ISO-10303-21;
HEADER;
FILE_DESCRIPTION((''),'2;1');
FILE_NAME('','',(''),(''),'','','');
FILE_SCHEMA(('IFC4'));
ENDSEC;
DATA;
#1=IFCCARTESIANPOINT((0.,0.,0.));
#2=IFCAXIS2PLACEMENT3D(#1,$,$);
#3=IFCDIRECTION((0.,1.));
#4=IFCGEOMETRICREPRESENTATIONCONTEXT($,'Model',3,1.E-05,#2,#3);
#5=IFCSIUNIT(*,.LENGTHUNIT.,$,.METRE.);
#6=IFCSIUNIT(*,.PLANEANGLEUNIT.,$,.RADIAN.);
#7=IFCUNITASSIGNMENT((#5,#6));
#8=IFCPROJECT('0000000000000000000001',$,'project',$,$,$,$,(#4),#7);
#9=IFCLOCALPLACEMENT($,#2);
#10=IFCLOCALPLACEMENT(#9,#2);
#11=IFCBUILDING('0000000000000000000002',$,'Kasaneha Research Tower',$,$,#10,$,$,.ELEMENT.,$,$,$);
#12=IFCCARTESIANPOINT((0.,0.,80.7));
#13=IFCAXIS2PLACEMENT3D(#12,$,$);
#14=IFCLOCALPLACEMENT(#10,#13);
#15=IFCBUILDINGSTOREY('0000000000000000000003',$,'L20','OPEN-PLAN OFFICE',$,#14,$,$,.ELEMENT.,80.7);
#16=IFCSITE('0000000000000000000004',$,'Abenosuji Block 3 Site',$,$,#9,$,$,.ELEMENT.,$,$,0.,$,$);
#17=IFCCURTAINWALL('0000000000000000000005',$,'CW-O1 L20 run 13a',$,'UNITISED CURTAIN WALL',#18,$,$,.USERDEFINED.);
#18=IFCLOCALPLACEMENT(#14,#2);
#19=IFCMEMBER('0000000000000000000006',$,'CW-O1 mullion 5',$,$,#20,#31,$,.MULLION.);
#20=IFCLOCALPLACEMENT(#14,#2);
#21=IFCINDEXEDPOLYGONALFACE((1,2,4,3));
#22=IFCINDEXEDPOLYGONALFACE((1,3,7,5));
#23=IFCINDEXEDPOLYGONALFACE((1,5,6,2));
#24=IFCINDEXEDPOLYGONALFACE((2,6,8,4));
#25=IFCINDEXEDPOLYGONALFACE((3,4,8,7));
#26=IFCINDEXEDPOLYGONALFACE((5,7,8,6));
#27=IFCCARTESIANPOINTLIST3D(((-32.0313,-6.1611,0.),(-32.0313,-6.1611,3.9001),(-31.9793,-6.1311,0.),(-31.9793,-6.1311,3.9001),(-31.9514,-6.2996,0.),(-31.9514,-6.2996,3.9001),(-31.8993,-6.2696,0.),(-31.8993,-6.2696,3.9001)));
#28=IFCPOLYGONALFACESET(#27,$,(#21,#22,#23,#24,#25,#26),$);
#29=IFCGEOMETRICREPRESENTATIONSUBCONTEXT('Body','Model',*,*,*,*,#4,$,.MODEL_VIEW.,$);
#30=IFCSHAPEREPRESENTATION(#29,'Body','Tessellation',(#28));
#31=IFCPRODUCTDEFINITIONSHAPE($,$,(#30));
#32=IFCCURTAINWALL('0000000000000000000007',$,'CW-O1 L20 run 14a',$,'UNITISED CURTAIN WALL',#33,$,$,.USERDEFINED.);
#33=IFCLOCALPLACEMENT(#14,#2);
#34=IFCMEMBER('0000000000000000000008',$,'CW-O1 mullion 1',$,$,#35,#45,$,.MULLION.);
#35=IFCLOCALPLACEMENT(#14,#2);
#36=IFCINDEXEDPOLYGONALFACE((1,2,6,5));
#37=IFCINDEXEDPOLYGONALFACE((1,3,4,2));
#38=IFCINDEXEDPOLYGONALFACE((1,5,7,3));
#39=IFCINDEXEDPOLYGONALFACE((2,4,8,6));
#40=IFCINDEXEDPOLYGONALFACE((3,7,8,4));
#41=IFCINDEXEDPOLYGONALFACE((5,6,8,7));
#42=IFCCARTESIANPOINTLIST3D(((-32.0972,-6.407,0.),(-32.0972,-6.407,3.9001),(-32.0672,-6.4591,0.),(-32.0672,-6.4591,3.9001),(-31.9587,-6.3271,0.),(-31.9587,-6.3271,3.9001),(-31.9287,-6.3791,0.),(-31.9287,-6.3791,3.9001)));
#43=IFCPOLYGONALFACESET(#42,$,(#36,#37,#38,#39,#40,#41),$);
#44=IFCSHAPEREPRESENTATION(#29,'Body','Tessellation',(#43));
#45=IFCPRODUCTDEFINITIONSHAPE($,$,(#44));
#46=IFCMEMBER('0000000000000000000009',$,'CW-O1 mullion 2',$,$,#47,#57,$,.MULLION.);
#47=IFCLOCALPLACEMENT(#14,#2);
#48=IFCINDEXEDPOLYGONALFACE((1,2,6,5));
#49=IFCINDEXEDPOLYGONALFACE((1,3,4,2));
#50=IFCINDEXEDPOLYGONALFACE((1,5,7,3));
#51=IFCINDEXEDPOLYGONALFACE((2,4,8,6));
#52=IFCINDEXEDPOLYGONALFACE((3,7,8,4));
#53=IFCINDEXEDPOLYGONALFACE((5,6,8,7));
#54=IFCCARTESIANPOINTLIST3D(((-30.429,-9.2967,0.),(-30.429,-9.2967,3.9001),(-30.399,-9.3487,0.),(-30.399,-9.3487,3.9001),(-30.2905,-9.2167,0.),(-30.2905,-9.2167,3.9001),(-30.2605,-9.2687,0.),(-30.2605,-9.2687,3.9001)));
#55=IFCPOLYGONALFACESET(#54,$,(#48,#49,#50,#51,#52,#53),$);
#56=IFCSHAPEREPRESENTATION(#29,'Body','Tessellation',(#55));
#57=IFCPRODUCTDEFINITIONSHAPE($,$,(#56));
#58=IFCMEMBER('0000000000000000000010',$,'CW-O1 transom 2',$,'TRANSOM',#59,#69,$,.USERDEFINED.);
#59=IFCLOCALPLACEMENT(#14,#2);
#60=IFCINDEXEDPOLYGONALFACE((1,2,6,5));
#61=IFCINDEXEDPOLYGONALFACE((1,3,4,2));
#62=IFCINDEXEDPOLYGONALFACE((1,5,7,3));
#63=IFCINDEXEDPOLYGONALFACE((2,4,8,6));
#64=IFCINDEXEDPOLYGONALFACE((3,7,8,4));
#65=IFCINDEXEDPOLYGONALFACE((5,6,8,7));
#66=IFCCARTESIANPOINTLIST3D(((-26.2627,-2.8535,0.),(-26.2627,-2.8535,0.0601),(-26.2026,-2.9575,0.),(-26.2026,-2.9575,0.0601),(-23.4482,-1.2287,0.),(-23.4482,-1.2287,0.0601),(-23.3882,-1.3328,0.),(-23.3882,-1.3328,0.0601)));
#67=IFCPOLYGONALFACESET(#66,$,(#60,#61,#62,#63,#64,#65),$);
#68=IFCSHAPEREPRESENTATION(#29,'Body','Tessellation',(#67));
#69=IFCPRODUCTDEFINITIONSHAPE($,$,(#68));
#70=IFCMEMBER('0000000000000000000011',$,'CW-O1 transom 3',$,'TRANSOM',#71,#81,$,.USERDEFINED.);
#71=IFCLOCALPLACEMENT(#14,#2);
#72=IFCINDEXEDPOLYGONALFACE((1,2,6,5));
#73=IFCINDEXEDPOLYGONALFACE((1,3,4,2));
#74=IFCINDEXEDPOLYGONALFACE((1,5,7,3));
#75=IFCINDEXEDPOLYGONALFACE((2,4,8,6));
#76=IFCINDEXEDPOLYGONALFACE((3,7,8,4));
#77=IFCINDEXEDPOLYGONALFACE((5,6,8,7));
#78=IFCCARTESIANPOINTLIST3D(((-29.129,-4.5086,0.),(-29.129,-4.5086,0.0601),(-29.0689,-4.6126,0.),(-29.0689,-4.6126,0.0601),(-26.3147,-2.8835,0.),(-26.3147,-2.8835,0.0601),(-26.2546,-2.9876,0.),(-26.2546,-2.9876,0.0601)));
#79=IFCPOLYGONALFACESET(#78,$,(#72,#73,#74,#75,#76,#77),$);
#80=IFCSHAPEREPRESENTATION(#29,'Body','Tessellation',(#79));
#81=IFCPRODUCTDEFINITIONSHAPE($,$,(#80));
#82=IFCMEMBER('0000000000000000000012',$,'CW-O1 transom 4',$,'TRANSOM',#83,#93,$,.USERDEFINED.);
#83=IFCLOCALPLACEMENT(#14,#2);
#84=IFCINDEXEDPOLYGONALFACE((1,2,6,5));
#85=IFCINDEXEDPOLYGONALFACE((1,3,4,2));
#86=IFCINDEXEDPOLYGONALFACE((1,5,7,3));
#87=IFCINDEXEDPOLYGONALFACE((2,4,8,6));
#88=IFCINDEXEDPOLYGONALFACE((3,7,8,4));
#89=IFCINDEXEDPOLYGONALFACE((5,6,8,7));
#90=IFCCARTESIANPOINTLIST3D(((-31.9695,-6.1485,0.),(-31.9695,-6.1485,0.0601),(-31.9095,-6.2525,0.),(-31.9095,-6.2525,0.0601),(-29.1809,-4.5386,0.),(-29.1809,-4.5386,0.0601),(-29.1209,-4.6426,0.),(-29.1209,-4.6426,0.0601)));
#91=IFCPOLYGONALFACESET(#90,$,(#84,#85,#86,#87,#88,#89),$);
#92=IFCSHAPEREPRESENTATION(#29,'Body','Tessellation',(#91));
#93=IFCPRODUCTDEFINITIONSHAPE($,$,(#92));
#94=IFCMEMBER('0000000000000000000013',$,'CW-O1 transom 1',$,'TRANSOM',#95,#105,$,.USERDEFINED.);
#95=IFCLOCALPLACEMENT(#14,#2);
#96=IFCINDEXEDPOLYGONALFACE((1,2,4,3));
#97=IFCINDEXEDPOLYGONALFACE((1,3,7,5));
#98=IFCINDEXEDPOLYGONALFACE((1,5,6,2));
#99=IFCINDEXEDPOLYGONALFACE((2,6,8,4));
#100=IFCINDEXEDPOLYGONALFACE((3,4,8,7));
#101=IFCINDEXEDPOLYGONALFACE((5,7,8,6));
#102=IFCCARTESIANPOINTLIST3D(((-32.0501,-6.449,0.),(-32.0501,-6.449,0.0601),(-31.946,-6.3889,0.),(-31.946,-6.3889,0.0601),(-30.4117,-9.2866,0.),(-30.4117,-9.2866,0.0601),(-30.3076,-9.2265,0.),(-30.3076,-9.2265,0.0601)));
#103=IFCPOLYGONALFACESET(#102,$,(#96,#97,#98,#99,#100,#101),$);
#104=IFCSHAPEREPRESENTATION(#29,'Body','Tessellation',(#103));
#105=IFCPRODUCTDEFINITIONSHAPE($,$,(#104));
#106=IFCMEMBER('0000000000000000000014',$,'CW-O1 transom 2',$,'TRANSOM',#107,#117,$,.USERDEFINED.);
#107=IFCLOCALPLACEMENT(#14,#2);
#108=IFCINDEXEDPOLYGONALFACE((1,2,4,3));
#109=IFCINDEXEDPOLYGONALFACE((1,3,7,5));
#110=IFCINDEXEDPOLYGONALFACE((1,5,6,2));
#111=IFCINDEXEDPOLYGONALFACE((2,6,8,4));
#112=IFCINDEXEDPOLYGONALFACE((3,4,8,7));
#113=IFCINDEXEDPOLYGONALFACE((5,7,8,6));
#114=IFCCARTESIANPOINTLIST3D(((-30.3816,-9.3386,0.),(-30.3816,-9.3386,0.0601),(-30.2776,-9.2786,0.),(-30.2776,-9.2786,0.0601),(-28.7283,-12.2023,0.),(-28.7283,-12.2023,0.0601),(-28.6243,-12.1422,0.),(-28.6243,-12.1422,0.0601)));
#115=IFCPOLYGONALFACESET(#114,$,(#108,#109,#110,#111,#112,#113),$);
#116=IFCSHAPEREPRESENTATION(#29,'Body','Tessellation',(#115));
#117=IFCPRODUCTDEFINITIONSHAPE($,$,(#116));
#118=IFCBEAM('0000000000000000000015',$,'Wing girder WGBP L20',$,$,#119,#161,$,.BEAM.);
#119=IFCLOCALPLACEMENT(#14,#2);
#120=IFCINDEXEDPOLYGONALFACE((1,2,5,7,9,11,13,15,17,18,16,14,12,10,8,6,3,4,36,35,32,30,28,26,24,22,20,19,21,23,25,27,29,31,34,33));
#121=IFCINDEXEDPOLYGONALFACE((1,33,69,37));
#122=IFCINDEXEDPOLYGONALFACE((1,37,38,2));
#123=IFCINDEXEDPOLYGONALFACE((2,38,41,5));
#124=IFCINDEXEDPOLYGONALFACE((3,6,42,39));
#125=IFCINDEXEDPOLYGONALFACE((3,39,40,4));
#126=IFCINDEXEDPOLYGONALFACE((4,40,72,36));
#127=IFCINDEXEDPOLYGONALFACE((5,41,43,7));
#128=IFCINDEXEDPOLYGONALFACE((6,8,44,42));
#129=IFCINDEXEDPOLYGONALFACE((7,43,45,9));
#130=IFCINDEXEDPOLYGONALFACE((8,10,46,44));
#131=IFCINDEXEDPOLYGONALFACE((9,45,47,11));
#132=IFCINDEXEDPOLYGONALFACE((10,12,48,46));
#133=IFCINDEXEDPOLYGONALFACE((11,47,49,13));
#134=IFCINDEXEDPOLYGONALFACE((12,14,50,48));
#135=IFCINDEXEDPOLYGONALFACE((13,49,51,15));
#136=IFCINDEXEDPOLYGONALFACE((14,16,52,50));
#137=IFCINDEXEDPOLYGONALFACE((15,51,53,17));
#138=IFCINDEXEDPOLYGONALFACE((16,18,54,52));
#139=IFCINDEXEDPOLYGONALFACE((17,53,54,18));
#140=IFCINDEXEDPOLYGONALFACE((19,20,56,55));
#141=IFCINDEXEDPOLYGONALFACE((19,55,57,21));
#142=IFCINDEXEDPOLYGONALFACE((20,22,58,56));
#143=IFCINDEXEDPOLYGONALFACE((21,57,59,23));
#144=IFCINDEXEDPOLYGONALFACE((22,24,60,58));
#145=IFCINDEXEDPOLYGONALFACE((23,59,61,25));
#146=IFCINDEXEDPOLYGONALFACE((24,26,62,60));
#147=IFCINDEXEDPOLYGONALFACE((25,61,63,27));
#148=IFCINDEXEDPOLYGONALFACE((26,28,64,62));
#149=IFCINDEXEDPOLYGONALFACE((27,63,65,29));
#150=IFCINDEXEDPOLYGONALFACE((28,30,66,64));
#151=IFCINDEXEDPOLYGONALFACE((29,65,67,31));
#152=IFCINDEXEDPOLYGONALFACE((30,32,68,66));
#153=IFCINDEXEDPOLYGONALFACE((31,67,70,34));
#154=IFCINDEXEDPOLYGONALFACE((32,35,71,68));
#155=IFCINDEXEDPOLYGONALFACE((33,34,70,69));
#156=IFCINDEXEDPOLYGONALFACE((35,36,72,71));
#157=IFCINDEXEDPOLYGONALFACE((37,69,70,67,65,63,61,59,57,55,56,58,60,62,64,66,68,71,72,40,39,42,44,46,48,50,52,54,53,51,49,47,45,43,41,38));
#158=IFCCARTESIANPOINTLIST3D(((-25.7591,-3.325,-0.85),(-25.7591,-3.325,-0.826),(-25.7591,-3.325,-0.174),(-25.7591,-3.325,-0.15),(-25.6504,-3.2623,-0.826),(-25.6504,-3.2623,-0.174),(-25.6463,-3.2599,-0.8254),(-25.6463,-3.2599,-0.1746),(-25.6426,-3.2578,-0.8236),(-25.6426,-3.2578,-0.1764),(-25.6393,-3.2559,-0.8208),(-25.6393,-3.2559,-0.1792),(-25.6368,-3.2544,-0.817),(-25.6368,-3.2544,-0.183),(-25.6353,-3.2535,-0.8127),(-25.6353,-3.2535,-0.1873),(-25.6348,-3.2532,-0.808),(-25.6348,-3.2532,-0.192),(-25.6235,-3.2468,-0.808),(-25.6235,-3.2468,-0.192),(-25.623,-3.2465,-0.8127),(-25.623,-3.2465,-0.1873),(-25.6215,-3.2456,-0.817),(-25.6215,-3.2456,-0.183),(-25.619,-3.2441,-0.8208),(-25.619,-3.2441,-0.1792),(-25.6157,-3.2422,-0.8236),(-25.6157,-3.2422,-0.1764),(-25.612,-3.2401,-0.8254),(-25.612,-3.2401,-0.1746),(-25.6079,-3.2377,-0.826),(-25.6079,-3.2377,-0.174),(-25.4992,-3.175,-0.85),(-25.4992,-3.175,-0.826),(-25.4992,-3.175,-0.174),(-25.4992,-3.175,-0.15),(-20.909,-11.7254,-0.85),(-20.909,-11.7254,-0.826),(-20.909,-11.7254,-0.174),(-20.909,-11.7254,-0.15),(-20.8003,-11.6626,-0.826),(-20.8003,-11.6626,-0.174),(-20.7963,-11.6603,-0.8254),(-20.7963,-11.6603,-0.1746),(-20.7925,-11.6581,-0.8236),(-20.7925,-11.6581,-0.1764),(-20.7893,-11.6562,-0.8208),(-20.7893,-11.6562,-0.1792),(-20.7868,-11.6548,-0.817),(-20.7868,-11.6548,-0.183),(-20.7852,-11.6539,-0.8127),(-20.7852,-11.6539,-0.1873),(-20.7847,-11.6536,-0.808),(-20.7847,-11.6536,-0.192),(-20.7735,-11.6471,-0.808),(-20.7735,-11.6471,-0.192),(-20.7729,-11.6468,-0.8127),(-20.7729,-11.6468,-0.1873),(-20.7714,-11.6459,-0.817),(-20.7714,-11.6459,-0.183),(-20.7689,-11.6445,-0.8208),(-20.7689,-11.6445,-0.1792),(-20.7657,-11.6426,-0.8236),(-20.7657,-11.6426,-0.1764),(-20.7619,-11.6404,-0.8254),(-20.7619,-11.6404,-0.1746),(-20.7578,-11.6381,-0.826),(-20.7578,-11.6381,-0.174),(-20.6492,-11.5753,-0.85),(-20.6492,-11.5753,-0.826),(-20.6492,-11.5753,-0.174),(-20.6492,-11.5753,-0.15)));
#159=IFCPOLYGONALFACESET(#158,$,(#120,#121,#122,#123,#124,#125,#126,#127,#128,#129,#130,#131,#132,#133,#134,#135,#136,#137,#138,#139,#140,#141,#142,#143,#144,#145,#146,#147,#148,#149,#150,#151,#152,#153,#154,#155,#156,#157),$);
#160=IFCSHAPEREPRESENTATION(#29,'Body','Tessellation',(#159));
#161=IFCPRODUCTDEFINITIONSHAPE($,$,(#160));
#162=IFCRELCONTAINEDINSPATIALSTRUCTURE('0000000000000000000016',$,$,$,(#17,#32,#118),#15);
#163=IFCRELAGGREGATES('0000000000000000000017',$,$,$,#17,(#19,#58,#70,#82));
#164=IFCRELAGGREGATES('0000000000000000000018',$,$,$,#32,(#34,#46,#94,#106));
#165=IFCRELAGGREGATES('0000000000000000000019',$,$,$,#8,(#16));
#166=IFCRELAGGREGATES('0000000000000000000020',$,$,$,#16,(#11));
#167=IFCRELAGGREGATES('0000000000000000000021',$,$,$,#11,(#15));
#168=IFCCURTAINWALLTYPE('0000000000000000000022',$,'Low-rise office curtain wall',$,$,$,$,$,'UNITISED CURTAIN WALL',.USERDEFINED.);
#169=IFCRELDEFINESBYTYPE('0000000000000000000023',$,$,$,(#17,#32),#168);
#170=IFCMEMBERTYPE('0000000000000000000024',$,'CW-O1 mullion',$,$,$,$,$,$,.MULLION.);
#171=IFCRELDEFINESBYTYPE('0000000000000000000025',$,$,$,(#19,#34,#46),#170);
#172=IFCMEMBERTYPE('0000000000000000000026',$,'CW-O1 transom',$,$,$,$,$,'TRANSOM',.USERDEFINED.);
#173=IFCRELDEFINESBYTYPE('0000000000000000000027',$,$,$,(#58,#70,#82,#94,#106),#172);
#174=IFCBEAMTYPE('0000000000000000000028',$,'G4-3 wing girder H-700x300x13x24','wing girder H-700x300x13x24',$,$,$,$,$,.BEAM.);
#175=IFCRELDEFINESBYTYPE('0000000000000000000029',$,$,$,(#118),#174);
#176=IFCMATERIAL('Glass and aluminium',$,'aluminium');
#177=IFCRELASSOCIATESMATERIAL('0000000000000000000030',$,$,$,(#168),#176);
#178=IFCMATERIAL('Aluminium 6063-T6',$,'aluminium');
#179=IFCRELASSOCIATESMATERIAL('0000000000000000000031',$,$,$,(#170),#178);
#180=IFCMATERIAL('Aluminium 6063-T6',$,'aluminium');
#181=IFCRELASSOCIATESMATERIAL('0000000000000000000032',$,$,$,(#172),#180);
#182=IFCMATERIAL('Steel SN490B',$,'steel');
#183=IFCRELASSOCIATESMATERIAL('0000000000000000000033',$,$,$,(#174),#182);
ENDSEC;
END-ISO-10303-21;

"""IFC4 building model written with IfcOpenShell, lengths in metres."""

from ifc_helpers import new_model, si_unit, direction, frame, origin, origin_2d, place, context, subcontext, project, spatial, rectangle, i_section, extrude, material, material_profile, profile_set, type_object, element, aggregate, save


model = new_model("IFC4")

# Units and contexts
model_context = context("Model", 3, precision=1e-05, world=origin(), true_north=direction((0.0, 1.0)))
body_context = subcontext(model_context, "Body", "Model", "MODEL_VIEW")
ifc_project = project(units=[si_unit("LENGTHUNIT", "METRE"), si_unit("PLANEANGLEUNIT", "RADIAN")], contexts=[model_context])

# Site, building, storey
site_placement = place(None, origin())
site = spatial("IfcSite", under=ifc_project, at=site_placement, Name="Abenosuji Block 3 Site", CompositionType="ELEMENT", RefElevation=0.0)
building_placement = place(site_placement, origin())
building = spatial("IfcBuilding", under=site, at=building_placement, Name="Kasaneha Research Tower", CompositionType="ELEMENT")
storey_placement = place(building_placement, frame((0.0, 0.0, 80.7)))
storey = spatial("IfcBuildingStorey", under=building, at=storey_placement, Name="L20", Description="OPEN-PLAN OFFICE", CompositionType="ELEMENT", Elevation=80.7)

# Curtain walls, members
ifc_material_1 = material(Name="Glass and aluminium", Category="aluminium")
curtain_wall_type = type_object("IfcCurtainWallType", Name="Low-rise office curtain wall", ElementType="UNITISED CURTAIN WALL", PredefinedType="USERDEFINED", material=ifc_material_1)
curtain_wall_1_placement = place(storey_placement, origin())
curtain_wall_1 = element("IfcCurtainWall", 1, at=curtain_wall_1_placement, inside=storey, type_object=curtain_wall_type, Name="CW-O1 L20 run 13a", ObjectType="UNITISED CURTAIN WALL", PredefinedType="USERDEFINED")
ifc_material_2 = material(Name="Aluminium 6063-T6", Category="aluminium")
ifc_material_profile_1 = material_profile(ifc_material_2, rectangle(XDim=0.0601, YDim=0.1599, at=origin_2d()), Name="CW-O1 mullion 60x160")
ifc_profile_set_1 = profile_set([ifc_material_profile_1], Name="Aluminium 6063-T6")
member_type_1 = type_object("IfcMemberType", Name="CW-O1 mullion", PredefinedType="MULLION", material=ifc_profile_set_1)
member_1_placement = place(storey_placement, frame((-31.9653, -6.2153, 0.0), z_axis=(0.0, 0.0, 1.0), x_axis=(-0.866025, -0.5, 0.0)))
member_1 = element("IfcMember", 2, at=member_1_placement, type_object=member_type_1, Name="CW-O1 mullion 5", PredefinedType="MULLION", context=body_context, shape_type="SweptSolid", body=[
    extrude(rectangle(XDim=0.0601, YDim=0.1599, at=origin_2d()), origin(), (0.0, 0.0, 1.0), 3.9001),
])
curtain_wall_2_placement = place(storey_placement, origin())
curtain_wall_2 = element("IfcCurtainWall", 3, at=curtain_wall_2_placement, inside=storey, type_object=curtain_wall_type, Name="CW-O1 L20 run 14a", ObjectType="UNITISED CURTAIN WALL", PredefinedType="USERDEFINED")
member_2_placement = place(storey_placement, frame((-32.0129, -6.3931, 0.0), z_axis=(0.0, 0.0, 1.0), x_axis=(0.5, -0.866025, 0.0)))
member_2 = element("IfcMember", 4, at=member_2_placement, type_object=member_type_1, Name="CW-O1 mullion 1", PredefinedType="MULLION", context=body_context, shape_type="SweptSolid", body=[
    extrude(rectangle(XDim=0.0601, YDim=0.1599, at=origin_2d()), origin(), (0.0, 0.0, 1.0), 3.9001),
])
member_3_placement = place(storey_placement, frame((-30.3447, -9.2827, 0.0), z_axis=(0.0, 0.0, 1.0), x_axis=(0.5, -0.866025, 0.0)))
member_3 = element("IfcMember", 5, at=member_3_placement, type_object=member_type_1, Name="CW-O1 mullion 2", PredefinedType="MULLION", context=body_context, shape_type="SweptSolid", body=[
    extrude(rectangle(XDim=0.0601, YDim=0.1599, at=origin_2d()), origin(), (0.0, 0.0, 1.0), 3.9001),
])

# Members
ifc_material_3 = material(Name="Aluminium 6063-T6", Category="aluminium")
ifc_material_profile_2 = material_profile(ifc_material_3, rectangle(XDim=0.1201, YDim=0.0601, at=origin_2d()), Name="CW-O1 transom 120x60")
ifc_profile_set_2 = profile_set([ifc_material_profile_2], Name="Aluminium 6063-T6")
member_type_2 = type_object("IfcMemberType", Name="CW-O1 transom", ElementType="TRANSOM", PredefinedType="USERDEFINED", material=ifc_profile_set_2)
member_4_placement = place(storey_placement, frame((-23.4182, -1.2808, 0.03), z_axis=(-0.866048, -0.499961, 0.0), x_axis=(0.499961, -0.866048, 0.0)))
member_4 = element("IfcMember", 6, at=member_4_placement, type_object=member_type_2, Name="CW-O1 transom 2", ObjectType="TRANSOM", PredefinedType="USERDEFINED", context=body_context, shape_type="SweptSolid", body=[
    extrude(rectangle(XDim=0.1201, YDim=0.0601, at=origin_2d()), origin(), (0.0, 0.0, 1.0), 3.2498),
])
member_5_placement = place(storey_placement, frame((-26.2847, -2.9355, 0.03), z_axis=(-0.865997, -0.50005, 0.0), x_axis=(0.50005, -0.865997, 0.0)))
member_5 = element("IfcMember", 7, at=member_5_placement, type_object=member_type_2, Name="CW-O1 transom 3", ObjectType="TRANSOM", PredefinedType="USERDEFINED", context=body_context, shape_type="SweptSolid", body=[
    extrude(rectangle(XDim=0.1201, YDim=0.0601, at=origin_2d()), origin(), (0.0, 0.0, 1.0), 3.2498),
])
member_6_placement = place(storey_placement, frame((-29.1509, -4.5906, 0.03), z_axis=(-0.866042, -0.499972, 0.0), x_axis=(0.499972, -0.866042, 0.0)))
member_6 = element("IfcMember", 8, at=member_6_placement, type_object=member_type_2, Name="CW-O1 transom 4", ObjectType="TRANSOM", PredefinedType="USERDEFINED", context=body_context, shape_type="SweptSolid", body=[
    extrude(rectangle(XDim=0.1201, YDim=0.0601, at=origin_2d()), origin(), (0.0, 0.0, 1.0), 3.22),
])
member_7_placement = place(storey_placement, frame((-31.998, -6.4189, 0.03), z_axis=(0.500026, -0.866011, 0.0), x_axis=(0.866011, 0.500026, 0.0)))
member_7 = element("IfcMember", 9, at=member_7_placement, type_object=member_type_2, Name="CW-O1 transom 1", ObjectType="TRANSOM", PredefinedType="USERDEFINED", context=body_context, shape_type="SweptSolid", body=[
    extrude(rectangle(XDim=0.1201, YDim=0.0601, at=origin_2d()), origin(), (0.0, 0.0, 1.0), 3.2766),
])
member_8_placement = place(storey_placement, frame((-30.3296, -9.3086, 0.03), z_axis=(0.499982, -0.866036, 0.0), x_axis=(0.866036, 0.499982, 0.0)))
member_8 = element("IfcMember", 10, at=member_8_placement, type_object=member_type_2, Name="CW-O1 transom 2", ObjectType="TRANSOM", PredefinedType="USERDEFINED", context=body_context, shape_type="SweptSolid", body=[
    extrude(rectangle(XDim=0.1201, YDim=0.0601, at=origin_2d()), origin(), (0.0, 0.0, 1.0), 3.3066),
])

# Beam
ifc_material_4 = material(Name="Steel SN490B", Category="steel")
ifc_material_profile_3 = material_profile(ifc_material_4, i_section(OverallWidth=0.3, OverallDepth=0.7, WebThickness=0.0129, FlangeThickness=0.0239, FilletRadius=0.0181, at=origin_2d()), Name="H-700x300x13x24")
ifc_profile_set_3 = profile_set([ifc_material_profile_3], Name="Steel SN490B")
beam_type_1 = type_object("IfcBeamType", Name="G4-3 wing girder H-700x300x13x24", Description="wing girder H-700x300x13x24", PredefinedType="BEAM", material=ifc_profile_set_3)
beam_1_placement = place(storey_placement, frame((-25.6292, -3.25, -0.5), z_axis=(0.50001, -0.86602, 0.0), x_axis=(0.86602, 0.50001, 0.0)))
element("IfcBeam", 11, at=beam_1_placement, inside=storey, type_object=beam_type_1, Name="Wing girder WGBP L20", PredefinedType="BEAM", context=body_context, shape_type="SweptSolid", body=[
    extrude(i_section(OverallWidth=0.3, OverallDepth=0.7, WebThickness=0.0129, FlangeThickness=0.0239, FilletRadius=0.0181, at=origin_2d()), origin(), (0.0, 0.0, 1.0), 9.7),
])

aggregate(curtain_wall_1, [member_1, member_4, member_5, member_6])
aggregate(curtain_wall_2, [member_2, member_3, member_7, member_8])

save(model, "model.ifc")
